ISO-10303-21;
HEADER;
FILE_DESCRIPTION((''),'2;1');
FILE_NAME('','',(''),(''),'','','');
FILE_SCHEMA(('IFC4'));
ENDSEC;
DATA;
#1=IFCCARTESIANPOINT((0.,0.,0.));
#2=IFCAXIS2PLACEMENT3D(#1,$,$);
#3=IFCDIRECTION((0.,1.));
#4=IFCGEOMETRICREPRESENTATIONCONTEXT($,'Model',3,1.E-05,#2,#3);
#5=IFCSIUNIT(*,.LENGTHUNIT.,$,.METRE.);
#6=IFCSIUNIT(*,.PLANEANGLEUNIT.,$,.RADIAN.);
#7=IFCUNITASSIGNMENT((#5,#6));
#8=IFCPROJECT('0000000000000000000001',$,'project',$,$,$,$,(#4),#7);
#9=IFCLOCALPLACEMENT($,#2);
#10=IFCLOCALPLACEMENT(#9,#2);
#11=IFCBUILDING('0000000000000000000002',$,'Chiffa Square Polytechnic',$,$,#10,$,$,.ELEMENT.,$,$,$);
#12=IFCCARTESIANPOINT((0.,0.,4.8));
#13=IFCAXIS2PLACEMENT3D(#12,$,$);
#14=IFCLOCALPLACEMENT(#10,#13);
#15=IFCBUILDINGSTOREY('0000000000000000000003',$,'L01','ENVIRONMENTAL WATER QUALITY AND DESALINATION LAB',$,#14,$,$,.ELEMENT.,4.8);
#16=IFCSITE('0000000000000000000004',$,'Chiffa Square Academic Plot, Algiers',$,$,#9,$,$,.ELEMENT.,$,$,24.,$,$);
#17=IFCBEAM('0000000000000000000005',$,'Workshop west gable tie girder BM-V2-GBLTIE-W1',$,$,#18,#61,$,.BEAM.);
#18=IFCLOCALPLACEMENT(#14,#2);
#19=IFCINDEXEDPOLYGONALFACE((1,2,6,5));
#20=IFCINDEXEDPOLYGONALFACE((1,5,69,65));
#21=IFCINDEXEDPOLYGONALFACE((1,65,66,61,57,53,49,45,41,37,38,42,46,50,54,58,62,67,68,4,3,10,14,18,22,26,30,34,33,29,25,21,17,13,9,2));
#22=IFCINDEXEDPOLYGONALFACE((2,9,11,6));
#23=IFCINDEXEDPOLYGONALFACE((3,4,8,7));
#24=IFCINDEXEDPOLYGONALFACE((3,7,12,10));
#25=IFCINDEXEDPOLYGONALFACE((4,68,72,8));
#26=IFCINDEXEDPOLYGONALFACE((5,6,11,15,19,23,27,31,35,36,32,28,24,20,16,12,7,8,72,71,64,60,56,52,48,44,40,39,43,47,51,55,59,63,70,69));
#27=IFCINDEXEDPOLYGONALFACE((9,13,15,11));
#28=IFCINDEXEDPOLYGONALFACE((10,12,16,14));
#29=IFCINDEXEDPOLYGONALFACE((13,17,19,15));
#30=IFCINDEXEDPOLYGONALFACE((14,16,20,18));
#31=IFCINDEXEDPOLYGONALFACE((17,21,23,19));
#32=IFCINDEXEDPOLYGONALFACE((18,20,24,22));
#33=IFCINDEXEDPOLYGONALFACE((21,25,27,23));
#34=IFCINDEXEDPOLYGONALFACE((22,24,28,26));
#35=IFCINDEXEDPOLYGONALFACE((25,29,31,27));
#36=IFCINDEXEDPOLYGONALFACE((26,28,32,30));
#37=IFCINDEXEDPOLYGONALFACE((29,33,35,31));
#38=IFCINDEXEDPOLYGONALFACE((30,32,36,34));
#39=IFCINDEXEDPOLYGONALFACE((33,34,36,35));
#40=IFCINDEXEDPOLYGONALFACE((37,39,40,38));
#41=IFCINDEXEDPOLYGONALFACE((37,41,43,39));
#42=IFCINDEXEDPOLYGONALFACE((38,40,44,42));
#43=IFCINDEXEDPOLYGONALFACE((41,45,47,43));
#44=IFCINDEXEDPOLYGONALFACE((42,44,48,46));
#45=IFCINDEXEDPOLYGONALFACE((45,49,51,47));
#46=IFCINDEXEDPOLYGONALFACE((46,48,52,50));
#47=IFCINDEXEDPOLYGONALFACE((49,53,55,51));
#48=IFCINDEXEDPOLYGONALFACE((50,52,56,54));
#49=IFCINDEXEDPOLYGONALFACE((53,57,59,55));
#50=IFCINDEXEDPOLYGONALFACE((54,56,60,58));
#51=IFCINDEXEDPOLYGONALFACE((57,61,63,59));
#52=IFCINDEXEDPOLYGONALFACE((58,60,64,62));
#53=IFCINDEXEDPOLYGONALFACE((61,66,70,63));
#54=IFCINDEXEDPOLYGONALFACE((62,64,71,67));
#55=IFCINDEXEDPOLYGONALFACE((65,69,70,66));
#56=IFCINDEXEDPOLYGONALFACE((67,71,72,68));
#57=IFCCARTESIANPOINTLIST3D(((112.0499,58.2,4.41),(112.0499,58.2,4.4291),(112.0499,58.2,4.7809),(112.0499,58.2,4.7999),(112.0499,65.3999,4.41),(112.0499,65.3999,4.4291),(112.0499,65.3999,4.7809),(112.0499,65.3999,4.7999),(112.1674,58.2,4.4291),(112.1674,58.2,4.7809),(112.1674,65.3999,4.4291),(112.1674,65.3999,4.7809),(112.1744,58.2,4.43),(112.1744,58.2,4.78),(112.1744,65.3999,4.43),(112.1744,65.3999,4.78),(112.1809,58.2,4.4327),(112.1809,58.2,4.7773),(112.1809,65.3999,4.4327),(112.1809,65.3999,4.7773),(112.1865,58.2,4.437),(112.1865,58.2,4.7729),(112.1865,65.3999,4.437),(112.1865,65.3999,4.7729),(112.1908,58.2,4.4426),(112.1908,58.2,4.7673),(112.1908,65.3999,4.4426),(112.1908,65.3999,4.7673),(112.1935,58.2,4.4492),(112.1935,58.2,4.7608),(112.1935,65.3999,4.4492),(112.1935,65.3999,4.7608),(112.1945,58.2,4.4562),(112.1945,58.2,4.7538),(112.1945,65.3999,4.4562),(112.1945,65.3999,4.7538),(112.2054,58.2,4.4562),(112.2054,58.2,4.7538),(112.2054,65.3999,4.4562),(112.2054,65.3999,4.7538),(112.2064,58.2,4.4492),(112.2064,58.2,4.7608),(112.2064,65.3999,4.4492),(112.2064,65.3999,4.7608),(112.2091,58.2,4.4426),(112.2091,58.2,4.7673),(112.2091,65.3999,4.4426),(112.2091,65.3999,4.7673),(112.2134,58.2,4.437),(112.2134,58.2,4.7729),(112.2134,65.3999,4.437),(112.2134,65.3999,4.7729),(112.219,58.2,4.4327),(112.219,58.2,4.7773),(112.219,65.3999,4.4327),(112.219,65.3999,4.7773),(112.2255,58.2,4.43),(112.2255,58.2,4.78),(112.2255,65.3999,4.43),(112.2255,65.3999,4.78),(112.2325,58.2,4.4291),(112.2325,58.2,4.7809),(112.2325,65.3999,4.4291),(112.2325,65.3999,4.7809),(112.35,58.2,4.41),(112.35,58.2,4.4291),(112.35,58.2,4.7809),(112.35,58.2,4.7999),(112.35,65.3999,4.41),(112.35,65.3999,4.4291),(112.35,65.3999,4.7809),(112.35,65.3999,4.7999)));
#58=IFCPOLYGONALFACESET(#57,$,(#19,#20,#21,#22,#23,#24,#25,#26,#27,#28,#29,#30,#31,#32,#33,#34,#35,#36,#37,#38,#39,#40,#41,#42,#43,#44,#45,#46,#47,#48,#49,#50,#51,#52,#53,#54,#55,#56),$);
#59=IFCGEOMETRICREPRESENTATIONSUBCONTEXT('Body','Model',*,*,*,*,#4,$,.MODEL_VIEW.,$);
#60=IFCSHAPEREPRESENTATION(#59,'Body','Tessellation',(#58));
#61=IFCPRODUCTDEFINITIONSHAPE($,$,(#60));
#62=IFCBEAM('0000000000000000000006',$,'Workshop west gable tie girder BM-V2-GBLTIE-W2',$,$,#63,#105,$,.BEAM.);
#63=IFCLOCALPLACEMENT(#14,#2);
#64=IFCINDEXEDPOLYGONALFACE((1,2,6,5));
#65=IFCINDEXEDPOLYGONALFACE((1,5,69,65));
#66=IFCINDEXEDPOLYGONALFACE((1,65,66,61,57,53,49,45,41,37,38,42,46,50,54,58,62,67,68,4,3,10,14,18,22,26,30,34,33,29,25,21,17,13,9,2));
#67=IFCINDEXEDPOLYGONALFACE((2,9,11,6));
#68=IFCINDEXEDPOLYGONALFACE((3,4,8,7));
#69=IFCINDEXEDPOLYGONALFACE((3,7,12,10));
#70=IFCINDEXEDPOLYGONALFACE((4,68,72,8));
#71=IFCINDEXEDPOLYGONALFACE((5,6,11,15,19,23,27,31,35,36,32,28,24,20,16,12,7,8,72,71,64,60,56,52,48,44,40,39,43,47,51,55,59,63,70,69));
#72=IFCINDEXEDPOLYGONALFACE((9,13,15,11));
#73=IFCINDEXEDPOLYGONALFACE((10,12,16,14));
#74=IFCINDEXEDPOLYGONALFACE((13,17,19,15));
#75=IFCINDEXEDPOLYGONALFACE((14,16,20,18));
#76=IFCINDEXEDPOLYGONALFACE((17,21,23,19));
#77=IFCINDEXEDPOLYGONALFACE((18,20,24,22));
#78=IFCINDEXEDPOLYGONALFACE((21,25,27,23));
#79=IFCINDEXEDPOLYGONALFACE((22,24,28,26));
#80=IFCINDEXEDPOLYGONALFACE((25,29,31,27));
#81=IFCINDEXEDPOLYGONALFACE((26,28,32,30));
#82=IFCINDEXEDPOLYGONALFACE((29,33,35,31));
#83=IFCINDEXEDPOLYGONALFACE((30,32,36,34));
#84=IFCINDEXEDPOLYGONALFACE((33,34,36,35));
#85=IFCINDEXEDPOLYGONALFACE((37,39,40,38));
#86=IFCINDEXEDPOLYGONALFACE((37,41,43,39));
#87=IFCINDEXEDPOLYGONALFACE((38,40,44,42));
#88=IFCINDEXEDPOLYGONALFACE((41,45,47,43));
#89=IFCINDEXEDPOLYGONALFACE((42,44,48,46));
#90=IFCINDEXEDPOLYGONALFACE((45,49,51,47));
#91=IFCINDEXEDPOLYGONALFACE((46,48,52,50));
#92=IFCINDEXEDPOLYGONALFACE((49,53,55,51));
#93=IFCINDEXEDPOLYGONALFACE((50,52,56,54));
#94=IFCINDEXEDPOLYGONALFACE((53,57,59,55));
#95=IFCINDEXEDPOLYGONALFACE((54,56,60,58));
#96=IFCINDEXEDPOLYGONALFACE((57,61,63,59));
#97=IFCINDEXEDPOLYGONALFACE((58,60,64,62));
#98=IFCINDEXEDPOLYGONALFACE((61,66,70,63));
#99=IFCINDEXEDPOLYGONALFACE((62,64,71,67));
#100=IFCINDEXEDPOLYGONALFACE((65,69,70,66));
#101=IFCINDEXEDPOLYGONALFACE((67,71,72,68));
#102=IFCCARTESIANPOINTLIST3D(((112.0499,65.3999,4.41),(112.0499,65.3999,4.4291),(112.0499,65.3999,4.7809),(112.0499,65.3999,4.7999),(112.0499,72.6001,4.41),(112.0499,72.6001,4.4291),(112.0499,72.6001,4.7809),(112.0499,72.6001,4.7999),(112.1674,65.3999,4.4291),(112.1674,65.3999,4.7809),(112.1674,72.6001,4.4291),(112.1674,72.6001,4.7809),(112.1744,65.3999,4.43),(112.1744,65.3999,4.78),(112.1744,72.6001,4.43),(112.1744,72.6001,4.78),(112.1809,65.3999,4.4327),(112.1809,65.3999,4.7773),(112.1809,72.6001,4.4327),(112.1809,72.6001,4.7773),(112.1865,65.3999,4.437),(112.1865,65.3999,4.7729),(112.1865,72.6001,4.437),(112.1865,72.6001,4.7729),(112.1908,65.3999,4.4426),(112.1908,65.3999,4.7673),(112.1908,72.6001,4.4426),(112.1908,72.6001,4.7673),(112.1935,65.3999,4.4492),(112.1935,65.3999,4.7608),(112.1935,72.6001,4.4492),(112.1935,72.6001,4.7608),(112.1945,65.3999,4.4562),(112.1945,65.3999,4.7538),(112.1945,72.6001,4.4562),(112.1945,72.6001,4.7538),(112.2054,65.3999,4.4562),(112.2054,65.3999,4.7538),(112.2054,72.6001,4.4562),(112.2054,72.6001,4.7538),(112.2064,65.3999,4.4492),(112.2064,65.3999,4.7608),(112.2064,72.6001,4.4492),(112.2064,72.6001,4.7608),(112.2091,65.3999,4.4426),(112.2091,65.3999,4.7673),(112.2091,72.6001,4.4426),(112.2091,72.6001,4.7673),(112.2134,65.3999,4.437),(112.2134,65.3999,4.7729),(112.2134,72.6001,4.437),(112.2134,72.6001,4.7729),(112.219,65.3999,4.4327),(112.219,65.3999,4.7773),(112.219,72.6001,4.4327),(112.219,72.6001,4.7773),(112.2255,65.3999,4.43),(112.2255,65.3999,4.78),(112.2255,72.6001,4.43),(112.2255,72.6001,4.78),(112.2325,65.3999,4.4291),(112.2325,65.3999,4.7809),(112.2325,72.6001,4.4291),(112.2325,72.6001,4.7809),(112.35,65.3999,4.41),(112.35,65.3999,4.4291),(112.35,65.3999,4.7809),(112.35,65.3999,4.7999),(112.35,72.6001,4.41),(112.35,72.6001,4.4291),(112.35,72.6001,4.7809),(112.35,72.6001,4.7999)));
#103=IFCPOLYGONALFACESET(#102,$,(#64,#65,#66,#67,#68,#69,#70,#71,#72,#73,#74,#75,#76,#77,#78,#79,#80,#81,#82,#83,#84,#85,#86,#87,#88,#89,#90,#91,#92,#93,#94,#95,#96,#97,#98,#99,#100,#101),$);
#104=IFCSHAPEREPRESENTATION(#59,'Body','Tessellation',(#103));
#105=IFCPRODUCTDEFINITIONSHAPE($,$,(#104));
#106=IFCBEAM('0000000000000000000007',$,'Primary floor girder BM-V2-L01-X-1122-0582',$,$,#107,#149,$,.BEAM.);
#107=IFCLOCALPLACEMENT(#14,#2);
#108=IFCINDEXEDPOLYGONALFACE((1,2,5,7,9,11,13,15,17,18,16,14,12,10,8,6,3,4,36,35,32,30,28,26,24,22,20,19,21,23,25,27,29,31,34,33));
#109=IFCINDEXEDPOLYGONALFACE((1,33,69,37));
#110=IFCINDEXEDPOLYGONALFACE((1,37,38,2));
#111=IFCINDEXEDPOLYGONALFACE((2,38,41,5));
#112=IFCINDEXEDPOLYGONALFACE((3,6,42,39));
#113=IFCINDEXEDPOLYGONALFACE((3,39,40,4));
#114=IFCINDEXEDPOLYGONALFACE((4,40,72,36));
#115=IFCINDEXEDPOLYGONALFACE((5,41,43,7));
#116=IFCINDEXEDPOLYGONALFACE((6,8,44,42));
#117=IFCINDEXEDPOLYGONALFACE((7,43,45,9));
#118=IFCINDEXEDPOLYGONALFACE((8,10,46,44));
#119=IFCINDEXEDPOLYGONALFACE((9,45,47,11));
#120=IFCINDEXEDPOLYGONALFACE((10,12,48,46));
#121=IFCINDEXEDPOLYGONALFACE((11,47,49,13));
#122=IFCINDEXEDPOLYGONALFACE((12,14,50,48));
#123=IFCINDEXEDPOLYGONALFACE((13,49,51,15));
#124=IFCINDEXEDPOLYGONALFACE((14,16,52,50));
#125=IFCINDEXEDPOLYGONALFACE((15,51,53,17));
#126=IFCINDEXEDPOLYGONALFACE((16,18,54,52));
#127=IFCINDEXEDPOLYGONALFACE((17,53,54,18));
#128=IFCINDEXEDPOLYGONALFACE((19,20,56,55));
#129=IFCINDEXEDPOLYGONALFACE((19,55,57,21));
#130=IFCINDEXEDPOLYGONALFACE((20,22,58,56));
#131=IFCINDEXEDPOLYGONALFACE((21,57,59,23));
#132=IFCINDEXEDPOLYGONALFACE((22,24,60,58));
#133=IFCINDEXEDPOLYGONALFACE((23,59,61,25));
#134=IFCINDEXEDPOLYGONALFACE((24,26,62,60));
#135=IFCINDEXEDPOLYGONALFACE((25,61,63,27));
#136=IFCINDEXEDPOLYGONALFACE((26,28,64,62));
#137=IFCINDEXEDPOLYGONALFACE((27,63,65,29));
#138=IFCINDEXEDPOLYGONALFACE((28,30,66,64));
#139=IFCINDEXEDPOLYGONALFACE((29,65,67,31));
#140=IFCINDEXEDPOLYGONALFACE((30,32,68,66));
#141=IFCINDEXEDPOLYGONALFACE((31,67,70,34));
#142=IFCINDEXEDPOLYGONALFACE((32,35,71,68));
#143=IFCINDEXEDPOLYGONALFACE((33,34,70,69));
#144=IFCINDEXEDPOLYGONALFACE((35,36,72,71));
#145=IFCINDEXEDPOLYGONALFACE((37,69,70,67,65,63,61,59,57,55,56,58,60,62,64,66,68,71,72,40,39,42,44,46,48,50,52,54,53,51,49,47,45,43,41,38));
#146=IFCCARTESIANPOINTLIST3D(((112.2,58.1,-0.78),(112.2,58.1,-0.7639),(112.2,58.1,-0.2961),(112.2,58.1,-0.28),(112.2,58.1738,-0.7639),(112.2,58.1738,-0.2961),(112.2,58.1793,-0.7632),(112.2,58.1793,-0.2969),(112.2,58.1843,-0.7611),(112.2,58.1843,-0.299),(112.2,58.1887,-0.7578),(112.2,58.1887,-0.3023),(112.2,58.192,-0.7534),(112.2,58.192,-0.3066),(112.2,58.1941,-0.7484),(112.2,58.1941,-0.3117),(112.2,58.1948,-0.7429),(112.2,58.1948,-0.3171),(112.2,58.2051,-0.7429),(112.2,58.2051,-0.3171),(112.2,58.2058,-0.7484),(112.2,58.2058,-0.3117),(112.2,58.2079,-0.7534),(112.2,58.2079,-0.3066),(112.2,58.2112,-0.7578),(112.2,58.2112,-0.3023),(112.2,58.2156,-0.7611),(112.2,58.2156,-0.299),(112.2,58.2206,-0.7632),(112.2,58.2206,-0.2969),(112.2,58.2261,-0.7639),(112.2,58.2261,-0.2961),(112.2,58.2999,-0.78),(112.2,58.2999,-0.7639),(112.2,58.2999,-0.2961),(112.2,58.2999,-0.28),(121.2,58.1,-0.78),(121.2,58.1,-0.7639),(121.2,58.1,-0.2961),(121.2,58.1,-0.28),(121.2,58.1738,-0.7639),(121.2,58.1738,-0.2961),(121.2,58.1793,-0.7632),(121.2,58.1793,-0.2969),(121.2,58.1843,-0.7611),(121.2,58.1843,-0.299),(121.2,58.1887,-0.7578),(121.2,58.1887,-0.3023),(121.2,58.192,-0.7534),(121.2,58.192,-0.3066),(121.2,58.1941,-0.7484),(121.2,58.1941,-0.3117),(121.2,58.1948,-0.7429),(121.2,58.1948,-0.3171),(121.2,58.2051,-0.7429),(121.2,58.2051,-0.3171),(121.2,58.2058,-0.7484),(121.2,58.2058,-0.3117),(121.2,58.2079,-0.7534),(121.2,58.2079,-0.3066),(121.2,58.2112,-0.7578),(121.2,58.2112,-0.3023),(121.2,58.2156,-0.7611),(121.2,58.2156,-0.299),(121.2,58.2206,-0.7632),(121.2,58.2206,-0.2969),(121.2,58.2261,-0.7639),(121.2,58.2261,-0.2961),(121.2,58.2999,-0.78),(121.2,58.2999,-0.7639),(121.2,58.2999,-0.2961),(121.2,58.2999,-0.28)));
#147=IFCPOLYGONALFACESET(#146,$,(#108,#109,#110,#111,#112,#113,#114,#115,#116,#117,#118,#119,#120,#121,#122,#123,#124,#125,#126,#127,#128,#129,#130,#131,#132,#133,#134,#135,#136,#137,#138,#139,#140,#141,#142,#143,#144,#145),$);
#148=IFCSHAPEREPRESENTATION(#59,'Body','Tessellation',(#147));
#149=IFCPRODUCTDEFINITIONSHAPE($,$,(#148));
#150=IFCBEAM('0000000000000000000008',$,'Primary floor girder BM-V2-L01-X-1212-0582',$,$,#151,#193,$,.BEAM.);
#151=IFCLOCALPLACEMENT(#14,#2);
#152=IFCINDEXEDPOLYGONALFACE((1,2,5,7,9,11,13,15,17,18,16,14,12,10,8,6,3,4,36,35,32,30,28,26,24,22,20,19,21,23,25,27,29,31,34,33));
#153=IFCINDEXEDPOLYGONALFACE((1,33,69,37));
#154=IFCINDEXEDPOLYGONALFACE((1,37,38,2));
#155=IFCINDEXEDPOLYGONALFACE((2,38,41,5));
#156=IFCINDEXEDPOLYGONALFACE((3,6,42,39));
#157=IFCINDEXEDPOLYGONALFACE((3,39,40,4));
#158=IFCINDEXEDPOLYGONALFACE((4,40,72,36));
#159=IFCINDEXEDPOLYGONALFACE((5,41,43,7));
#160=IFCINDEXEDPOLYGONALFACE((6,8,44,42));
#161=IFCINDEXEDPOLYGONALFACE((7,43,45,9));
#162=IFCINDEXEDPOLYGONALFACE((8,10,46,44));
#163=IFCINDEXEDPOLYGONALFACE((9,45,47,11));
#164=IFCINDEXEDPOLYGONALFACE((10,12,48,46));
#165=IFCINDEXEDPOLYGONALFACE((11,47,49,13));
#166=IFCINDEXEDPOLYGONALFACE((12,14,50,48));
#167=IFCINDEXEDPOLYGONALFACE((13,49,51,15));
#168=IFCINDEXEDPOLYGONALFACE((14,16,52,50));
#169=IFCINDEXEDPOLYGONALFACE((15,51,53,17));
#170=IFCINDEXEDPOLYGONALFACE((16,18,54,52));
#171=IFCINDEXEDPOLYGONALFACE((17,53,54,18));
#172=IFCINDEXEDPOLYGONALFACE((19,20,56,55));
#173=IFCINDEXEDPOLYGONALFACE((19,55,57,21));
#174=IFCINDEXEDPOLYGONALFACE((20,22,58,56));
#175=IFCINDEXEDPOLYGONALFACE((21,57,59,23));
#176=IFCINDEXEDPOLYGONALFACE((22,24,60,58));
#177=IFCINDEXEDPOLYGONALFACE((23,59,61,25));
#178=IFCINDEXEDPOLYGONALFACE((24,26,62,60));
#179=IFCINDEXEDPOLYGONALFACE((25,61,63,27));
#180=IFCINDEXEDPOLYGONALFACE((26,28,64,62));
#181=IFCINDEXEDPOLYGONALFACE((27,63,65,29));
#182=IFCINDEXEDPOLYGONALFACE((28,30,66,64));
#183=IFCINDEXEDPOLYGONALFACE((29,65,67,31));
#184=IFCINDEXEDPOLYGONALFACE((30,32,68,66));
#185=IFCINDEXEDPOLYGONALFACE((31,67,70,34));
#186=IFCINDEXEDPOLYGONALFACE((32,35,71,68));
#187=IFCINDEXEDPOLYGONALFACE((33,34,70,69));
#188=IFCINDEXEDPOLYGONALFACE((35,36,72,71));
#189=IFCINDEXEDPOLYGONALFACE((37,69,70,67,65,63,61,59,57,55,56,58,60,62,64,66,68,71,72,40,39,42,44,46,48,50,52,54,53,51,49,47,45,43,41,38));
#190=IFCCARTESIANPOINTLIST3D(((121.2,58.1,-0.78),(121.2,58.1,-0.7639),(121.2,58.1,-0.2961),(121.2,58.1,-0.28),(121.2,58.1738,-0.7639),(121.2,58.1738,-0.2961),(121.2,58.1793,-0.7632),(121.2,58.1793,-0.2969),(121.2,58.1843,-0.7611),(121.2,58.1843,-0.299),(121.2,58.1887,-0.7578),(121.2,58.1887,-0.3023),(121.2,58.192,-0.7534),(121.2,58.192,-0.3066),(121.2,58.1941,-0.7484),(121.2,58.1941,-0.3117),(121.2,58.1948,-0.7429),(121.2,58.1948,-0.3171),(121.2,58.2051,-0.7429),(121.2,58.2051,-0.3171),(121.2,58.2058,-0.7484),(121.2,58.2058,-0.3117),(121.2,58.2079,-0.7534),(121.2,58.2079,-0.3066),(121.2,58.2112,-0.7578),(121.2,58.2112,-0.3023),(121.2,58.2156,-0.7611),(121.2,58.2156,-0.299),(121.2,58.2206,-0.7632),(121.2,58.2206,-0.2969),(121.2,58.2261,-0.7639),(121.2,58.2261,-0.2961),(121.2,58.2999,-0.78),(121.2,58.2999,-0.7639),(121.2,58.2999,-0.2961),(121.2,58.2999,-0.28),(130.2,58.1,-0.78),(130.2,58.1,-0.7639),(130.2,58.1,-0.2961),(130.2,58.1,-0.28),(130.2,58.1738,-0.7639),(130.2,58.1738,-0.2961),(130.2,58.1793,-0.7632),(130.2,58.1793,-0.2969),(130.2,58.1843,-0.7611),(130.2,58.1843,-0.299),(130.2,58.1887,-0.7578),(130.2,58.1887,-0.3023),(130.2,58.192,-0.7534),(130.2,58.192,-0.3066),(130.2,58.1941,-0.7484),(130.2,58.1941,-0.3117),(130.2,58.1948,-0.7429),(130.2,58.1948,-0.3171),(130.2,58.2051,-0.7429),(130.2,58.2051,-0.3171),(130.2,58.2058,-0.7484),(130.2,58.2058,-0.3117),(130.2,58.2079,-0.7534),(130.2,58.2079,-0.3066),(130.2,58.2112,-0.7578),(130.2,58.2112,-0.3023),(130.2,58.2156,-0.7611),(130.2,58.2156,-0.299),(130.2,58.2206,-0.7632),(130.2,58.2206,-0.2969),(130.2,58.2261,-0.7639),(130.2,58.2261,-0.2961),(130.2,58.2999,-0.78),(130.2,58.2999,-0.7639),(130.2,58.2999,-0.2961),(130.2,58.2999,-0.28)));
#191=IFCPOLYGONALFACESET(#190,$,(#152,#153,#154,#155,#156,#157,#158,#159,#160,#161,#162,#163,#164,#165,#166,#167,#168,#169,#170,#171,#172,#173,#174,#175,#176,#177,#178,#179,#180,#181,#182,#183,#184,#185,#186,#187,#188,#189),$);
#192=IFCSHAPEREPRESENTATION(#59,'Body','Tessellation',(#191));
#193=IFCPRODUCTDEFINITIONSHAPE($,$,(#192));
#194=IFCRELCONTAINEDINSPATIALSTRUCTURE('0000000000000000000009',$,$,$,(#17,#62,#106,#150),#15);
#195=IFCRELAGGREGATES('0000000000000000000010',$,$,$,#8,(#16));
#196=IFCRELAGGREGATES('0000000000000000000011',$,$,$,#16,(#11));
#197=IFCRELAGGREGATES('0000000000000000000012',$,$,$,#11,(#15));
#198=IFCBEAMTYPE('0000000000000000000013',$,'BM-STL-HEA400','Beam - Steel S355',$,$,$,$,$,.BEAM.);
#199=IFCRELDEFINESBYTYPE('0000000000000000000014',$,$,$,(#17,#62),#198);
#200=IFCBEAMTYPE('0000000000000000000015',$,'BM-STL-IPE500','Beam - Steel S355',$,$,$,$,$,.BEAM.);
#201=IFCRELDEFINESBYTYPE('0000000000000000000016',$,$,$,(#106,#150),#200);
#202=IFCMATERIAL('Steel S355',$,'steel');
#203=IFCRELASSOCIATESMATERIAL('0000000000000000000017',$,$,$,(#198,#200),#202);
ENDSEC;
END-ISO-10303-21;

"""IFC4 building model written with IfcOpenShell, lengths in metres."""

from ifc_helpers import new_model, si_unit, direction, frame, origin, origin_2d, place, context, subcontext, project, spatial, i_section, extrude, material, material_profile, profile_set, type_object, element, save


model = new_model("IFC4")

# Units and contexts
model_context = context("Model", 3, precision=1e-05, world=origin(), true_north=direction((0.0, 1.0)))
body_context = subcontext(model_context, "Body", "Model", "MODEL_VIEW")
ifc_project = project(units=[si_unit("LENGTHUNIT", "METRE"), si_unit("PLANEANGLEUNIT", "RADIAN")], contexts=[model_context])

# Site, building, storey
site_placement = place(None, origin())
site = spatial("IfcSite", under=ifc_project, at=site_placement, Name="Chiffa Square Academic Plot, Algiers", CompositionType="ELEMENT", RefElevation=24.0)
building_placement = place(site_placement, origin())
building = spatial("IfcBuilding", under=site, at=building_placement, Name="Chiffa Square Polytechnic", CompositionType="ELEMENT")
storey_placement = place(building_placement, frame((0.0, 0.0, 4.8)))
storey = spatial("IfcBuildingStorey", under=building, at=storey_placement, Name="L01", Description="ENVIRONMENTAL WATER QUALITY AND DESALINATION LAB", CompositionType="ELEMENT", Elevation=4.8)

# Shared definitions
ifc_material_1 = material(Name="Steel S355", Category="steel")

# Beams
ifc_material_profile_1 = material_profile(ifc_material_1, i_section(OverallWidth=0.3, OverallDepth=0.3899, WebThickness=0.011, FlangeThickness=0.019, FilletRadius=0.0271, at=origin_2d()), Name="HEA 400")
ifc_profile_set_1 = profile_set([ifc_material_profile_1], Name="Steel S355")
beam_type_1 = type_object("IfcBeamType", Name="BM-STL-HEA400", Description="Beam - Steel S355", PredefinedType="BEAM", material=ifc_profile_set_1)
beam_1_placement = place(storey_placement, frame((112.2, 58.2, 4.605), z_axis=(0.0, 1.0, 0.0), x_axis=(-1.0, 0.0, 0.0)))
element("IfcBeam", 1, at=beam_1_placement, inside=storey, type_object=beam_type_1, Name="Workshop west gable tie girder BM-V2-GBLTIE-W1", PredefinedType="BEAM", context=body_context, shape_type="SweptSolid", body=[
    extrude(i_section(OverallWidth=0.3, OverallDepth=0.3899, WebThickness=0.011, FlangeThickness=0.019, FilletRadius=0.0271, at=origin_2d()), origin(), (0.0, 0.0, 1.0), 7.2),
])
beam_2_placement = place(storey_placement, frame((112.2, 65.3999, 4.605), z_axis=(0.0, 1.0, 0.0), x_axis=(-1.0, 0.0, 0.0)))
element("IfcBeam", 2, at=beam_2_placement, inside=storey, type_object=beam_type_1, Name="Workshop west gable tie girder BM-V2-GBLTIE-W2", PredefinedType="BEAM", context=body_context, shape_type="SweptSolid", body=[
    extrude(i_section(OverallWidth=0.3, OverallDepth=0.3899, WebThickness=0.011, FlangeThickness=0.019, FilletRadius=0.0271, at=origin_2d()), origin(), (0.0, 0.0, 1.0), 7.2002),
])
ifc_material_profile_2 = material_profile(ifc_material_1, i_section(OverallWidth=0.2, OverallDepth=0.5, WebThickness=0.0103, FlangeThickness=0.0161, FilletRadius=0.021, at=origin_2d()), Name="IPE 500")
ifc_profile_set_2 = profile_set([ifc_material_profile_2], Name="Steel S355")
beam_type_2 = type_object("IfcBeamType", Name="BM-STL-IPE500", Description="Beam - Steel S355", PredefinedType="BEAM", material=ifc_profile_set_2)
for number, where, z_axis, x_axis, name in (
    (3, (112.2, 58.2, -0.53), (1.0, 0.0, 0.0), (0.0, 1.0, 0.0), "Primary floor girder BM-V2-L01-X-1122-0582"),
    (4, (121.2, 58.2, -0.53), (1.0, 0.0, 0.0), (0.0, 1.0, 0.0), "Primary floor girder BM-V2-L01-X-1212-0582"),
):
    element("IfcBeam", number, at=place(storey_placement, frame(where, z_axis=z_axis, x_axis=x_axis)), inside=storey, type_object=beam_type_2, Name=name, PredefinedType="BEAM", context=body_context, shape_type="SweptSolid", body=[
        extrude(i_section(OverallWidth=0.2, OverallDepth=0.5, WebThickness=0.0103, FlangeThickness=0.0161, FilletRadius=0.021, at=origin_2d()), origin(), (0.0, 0.0, 1.0), 9.0),
    ])

save(model, "model.ifc")
